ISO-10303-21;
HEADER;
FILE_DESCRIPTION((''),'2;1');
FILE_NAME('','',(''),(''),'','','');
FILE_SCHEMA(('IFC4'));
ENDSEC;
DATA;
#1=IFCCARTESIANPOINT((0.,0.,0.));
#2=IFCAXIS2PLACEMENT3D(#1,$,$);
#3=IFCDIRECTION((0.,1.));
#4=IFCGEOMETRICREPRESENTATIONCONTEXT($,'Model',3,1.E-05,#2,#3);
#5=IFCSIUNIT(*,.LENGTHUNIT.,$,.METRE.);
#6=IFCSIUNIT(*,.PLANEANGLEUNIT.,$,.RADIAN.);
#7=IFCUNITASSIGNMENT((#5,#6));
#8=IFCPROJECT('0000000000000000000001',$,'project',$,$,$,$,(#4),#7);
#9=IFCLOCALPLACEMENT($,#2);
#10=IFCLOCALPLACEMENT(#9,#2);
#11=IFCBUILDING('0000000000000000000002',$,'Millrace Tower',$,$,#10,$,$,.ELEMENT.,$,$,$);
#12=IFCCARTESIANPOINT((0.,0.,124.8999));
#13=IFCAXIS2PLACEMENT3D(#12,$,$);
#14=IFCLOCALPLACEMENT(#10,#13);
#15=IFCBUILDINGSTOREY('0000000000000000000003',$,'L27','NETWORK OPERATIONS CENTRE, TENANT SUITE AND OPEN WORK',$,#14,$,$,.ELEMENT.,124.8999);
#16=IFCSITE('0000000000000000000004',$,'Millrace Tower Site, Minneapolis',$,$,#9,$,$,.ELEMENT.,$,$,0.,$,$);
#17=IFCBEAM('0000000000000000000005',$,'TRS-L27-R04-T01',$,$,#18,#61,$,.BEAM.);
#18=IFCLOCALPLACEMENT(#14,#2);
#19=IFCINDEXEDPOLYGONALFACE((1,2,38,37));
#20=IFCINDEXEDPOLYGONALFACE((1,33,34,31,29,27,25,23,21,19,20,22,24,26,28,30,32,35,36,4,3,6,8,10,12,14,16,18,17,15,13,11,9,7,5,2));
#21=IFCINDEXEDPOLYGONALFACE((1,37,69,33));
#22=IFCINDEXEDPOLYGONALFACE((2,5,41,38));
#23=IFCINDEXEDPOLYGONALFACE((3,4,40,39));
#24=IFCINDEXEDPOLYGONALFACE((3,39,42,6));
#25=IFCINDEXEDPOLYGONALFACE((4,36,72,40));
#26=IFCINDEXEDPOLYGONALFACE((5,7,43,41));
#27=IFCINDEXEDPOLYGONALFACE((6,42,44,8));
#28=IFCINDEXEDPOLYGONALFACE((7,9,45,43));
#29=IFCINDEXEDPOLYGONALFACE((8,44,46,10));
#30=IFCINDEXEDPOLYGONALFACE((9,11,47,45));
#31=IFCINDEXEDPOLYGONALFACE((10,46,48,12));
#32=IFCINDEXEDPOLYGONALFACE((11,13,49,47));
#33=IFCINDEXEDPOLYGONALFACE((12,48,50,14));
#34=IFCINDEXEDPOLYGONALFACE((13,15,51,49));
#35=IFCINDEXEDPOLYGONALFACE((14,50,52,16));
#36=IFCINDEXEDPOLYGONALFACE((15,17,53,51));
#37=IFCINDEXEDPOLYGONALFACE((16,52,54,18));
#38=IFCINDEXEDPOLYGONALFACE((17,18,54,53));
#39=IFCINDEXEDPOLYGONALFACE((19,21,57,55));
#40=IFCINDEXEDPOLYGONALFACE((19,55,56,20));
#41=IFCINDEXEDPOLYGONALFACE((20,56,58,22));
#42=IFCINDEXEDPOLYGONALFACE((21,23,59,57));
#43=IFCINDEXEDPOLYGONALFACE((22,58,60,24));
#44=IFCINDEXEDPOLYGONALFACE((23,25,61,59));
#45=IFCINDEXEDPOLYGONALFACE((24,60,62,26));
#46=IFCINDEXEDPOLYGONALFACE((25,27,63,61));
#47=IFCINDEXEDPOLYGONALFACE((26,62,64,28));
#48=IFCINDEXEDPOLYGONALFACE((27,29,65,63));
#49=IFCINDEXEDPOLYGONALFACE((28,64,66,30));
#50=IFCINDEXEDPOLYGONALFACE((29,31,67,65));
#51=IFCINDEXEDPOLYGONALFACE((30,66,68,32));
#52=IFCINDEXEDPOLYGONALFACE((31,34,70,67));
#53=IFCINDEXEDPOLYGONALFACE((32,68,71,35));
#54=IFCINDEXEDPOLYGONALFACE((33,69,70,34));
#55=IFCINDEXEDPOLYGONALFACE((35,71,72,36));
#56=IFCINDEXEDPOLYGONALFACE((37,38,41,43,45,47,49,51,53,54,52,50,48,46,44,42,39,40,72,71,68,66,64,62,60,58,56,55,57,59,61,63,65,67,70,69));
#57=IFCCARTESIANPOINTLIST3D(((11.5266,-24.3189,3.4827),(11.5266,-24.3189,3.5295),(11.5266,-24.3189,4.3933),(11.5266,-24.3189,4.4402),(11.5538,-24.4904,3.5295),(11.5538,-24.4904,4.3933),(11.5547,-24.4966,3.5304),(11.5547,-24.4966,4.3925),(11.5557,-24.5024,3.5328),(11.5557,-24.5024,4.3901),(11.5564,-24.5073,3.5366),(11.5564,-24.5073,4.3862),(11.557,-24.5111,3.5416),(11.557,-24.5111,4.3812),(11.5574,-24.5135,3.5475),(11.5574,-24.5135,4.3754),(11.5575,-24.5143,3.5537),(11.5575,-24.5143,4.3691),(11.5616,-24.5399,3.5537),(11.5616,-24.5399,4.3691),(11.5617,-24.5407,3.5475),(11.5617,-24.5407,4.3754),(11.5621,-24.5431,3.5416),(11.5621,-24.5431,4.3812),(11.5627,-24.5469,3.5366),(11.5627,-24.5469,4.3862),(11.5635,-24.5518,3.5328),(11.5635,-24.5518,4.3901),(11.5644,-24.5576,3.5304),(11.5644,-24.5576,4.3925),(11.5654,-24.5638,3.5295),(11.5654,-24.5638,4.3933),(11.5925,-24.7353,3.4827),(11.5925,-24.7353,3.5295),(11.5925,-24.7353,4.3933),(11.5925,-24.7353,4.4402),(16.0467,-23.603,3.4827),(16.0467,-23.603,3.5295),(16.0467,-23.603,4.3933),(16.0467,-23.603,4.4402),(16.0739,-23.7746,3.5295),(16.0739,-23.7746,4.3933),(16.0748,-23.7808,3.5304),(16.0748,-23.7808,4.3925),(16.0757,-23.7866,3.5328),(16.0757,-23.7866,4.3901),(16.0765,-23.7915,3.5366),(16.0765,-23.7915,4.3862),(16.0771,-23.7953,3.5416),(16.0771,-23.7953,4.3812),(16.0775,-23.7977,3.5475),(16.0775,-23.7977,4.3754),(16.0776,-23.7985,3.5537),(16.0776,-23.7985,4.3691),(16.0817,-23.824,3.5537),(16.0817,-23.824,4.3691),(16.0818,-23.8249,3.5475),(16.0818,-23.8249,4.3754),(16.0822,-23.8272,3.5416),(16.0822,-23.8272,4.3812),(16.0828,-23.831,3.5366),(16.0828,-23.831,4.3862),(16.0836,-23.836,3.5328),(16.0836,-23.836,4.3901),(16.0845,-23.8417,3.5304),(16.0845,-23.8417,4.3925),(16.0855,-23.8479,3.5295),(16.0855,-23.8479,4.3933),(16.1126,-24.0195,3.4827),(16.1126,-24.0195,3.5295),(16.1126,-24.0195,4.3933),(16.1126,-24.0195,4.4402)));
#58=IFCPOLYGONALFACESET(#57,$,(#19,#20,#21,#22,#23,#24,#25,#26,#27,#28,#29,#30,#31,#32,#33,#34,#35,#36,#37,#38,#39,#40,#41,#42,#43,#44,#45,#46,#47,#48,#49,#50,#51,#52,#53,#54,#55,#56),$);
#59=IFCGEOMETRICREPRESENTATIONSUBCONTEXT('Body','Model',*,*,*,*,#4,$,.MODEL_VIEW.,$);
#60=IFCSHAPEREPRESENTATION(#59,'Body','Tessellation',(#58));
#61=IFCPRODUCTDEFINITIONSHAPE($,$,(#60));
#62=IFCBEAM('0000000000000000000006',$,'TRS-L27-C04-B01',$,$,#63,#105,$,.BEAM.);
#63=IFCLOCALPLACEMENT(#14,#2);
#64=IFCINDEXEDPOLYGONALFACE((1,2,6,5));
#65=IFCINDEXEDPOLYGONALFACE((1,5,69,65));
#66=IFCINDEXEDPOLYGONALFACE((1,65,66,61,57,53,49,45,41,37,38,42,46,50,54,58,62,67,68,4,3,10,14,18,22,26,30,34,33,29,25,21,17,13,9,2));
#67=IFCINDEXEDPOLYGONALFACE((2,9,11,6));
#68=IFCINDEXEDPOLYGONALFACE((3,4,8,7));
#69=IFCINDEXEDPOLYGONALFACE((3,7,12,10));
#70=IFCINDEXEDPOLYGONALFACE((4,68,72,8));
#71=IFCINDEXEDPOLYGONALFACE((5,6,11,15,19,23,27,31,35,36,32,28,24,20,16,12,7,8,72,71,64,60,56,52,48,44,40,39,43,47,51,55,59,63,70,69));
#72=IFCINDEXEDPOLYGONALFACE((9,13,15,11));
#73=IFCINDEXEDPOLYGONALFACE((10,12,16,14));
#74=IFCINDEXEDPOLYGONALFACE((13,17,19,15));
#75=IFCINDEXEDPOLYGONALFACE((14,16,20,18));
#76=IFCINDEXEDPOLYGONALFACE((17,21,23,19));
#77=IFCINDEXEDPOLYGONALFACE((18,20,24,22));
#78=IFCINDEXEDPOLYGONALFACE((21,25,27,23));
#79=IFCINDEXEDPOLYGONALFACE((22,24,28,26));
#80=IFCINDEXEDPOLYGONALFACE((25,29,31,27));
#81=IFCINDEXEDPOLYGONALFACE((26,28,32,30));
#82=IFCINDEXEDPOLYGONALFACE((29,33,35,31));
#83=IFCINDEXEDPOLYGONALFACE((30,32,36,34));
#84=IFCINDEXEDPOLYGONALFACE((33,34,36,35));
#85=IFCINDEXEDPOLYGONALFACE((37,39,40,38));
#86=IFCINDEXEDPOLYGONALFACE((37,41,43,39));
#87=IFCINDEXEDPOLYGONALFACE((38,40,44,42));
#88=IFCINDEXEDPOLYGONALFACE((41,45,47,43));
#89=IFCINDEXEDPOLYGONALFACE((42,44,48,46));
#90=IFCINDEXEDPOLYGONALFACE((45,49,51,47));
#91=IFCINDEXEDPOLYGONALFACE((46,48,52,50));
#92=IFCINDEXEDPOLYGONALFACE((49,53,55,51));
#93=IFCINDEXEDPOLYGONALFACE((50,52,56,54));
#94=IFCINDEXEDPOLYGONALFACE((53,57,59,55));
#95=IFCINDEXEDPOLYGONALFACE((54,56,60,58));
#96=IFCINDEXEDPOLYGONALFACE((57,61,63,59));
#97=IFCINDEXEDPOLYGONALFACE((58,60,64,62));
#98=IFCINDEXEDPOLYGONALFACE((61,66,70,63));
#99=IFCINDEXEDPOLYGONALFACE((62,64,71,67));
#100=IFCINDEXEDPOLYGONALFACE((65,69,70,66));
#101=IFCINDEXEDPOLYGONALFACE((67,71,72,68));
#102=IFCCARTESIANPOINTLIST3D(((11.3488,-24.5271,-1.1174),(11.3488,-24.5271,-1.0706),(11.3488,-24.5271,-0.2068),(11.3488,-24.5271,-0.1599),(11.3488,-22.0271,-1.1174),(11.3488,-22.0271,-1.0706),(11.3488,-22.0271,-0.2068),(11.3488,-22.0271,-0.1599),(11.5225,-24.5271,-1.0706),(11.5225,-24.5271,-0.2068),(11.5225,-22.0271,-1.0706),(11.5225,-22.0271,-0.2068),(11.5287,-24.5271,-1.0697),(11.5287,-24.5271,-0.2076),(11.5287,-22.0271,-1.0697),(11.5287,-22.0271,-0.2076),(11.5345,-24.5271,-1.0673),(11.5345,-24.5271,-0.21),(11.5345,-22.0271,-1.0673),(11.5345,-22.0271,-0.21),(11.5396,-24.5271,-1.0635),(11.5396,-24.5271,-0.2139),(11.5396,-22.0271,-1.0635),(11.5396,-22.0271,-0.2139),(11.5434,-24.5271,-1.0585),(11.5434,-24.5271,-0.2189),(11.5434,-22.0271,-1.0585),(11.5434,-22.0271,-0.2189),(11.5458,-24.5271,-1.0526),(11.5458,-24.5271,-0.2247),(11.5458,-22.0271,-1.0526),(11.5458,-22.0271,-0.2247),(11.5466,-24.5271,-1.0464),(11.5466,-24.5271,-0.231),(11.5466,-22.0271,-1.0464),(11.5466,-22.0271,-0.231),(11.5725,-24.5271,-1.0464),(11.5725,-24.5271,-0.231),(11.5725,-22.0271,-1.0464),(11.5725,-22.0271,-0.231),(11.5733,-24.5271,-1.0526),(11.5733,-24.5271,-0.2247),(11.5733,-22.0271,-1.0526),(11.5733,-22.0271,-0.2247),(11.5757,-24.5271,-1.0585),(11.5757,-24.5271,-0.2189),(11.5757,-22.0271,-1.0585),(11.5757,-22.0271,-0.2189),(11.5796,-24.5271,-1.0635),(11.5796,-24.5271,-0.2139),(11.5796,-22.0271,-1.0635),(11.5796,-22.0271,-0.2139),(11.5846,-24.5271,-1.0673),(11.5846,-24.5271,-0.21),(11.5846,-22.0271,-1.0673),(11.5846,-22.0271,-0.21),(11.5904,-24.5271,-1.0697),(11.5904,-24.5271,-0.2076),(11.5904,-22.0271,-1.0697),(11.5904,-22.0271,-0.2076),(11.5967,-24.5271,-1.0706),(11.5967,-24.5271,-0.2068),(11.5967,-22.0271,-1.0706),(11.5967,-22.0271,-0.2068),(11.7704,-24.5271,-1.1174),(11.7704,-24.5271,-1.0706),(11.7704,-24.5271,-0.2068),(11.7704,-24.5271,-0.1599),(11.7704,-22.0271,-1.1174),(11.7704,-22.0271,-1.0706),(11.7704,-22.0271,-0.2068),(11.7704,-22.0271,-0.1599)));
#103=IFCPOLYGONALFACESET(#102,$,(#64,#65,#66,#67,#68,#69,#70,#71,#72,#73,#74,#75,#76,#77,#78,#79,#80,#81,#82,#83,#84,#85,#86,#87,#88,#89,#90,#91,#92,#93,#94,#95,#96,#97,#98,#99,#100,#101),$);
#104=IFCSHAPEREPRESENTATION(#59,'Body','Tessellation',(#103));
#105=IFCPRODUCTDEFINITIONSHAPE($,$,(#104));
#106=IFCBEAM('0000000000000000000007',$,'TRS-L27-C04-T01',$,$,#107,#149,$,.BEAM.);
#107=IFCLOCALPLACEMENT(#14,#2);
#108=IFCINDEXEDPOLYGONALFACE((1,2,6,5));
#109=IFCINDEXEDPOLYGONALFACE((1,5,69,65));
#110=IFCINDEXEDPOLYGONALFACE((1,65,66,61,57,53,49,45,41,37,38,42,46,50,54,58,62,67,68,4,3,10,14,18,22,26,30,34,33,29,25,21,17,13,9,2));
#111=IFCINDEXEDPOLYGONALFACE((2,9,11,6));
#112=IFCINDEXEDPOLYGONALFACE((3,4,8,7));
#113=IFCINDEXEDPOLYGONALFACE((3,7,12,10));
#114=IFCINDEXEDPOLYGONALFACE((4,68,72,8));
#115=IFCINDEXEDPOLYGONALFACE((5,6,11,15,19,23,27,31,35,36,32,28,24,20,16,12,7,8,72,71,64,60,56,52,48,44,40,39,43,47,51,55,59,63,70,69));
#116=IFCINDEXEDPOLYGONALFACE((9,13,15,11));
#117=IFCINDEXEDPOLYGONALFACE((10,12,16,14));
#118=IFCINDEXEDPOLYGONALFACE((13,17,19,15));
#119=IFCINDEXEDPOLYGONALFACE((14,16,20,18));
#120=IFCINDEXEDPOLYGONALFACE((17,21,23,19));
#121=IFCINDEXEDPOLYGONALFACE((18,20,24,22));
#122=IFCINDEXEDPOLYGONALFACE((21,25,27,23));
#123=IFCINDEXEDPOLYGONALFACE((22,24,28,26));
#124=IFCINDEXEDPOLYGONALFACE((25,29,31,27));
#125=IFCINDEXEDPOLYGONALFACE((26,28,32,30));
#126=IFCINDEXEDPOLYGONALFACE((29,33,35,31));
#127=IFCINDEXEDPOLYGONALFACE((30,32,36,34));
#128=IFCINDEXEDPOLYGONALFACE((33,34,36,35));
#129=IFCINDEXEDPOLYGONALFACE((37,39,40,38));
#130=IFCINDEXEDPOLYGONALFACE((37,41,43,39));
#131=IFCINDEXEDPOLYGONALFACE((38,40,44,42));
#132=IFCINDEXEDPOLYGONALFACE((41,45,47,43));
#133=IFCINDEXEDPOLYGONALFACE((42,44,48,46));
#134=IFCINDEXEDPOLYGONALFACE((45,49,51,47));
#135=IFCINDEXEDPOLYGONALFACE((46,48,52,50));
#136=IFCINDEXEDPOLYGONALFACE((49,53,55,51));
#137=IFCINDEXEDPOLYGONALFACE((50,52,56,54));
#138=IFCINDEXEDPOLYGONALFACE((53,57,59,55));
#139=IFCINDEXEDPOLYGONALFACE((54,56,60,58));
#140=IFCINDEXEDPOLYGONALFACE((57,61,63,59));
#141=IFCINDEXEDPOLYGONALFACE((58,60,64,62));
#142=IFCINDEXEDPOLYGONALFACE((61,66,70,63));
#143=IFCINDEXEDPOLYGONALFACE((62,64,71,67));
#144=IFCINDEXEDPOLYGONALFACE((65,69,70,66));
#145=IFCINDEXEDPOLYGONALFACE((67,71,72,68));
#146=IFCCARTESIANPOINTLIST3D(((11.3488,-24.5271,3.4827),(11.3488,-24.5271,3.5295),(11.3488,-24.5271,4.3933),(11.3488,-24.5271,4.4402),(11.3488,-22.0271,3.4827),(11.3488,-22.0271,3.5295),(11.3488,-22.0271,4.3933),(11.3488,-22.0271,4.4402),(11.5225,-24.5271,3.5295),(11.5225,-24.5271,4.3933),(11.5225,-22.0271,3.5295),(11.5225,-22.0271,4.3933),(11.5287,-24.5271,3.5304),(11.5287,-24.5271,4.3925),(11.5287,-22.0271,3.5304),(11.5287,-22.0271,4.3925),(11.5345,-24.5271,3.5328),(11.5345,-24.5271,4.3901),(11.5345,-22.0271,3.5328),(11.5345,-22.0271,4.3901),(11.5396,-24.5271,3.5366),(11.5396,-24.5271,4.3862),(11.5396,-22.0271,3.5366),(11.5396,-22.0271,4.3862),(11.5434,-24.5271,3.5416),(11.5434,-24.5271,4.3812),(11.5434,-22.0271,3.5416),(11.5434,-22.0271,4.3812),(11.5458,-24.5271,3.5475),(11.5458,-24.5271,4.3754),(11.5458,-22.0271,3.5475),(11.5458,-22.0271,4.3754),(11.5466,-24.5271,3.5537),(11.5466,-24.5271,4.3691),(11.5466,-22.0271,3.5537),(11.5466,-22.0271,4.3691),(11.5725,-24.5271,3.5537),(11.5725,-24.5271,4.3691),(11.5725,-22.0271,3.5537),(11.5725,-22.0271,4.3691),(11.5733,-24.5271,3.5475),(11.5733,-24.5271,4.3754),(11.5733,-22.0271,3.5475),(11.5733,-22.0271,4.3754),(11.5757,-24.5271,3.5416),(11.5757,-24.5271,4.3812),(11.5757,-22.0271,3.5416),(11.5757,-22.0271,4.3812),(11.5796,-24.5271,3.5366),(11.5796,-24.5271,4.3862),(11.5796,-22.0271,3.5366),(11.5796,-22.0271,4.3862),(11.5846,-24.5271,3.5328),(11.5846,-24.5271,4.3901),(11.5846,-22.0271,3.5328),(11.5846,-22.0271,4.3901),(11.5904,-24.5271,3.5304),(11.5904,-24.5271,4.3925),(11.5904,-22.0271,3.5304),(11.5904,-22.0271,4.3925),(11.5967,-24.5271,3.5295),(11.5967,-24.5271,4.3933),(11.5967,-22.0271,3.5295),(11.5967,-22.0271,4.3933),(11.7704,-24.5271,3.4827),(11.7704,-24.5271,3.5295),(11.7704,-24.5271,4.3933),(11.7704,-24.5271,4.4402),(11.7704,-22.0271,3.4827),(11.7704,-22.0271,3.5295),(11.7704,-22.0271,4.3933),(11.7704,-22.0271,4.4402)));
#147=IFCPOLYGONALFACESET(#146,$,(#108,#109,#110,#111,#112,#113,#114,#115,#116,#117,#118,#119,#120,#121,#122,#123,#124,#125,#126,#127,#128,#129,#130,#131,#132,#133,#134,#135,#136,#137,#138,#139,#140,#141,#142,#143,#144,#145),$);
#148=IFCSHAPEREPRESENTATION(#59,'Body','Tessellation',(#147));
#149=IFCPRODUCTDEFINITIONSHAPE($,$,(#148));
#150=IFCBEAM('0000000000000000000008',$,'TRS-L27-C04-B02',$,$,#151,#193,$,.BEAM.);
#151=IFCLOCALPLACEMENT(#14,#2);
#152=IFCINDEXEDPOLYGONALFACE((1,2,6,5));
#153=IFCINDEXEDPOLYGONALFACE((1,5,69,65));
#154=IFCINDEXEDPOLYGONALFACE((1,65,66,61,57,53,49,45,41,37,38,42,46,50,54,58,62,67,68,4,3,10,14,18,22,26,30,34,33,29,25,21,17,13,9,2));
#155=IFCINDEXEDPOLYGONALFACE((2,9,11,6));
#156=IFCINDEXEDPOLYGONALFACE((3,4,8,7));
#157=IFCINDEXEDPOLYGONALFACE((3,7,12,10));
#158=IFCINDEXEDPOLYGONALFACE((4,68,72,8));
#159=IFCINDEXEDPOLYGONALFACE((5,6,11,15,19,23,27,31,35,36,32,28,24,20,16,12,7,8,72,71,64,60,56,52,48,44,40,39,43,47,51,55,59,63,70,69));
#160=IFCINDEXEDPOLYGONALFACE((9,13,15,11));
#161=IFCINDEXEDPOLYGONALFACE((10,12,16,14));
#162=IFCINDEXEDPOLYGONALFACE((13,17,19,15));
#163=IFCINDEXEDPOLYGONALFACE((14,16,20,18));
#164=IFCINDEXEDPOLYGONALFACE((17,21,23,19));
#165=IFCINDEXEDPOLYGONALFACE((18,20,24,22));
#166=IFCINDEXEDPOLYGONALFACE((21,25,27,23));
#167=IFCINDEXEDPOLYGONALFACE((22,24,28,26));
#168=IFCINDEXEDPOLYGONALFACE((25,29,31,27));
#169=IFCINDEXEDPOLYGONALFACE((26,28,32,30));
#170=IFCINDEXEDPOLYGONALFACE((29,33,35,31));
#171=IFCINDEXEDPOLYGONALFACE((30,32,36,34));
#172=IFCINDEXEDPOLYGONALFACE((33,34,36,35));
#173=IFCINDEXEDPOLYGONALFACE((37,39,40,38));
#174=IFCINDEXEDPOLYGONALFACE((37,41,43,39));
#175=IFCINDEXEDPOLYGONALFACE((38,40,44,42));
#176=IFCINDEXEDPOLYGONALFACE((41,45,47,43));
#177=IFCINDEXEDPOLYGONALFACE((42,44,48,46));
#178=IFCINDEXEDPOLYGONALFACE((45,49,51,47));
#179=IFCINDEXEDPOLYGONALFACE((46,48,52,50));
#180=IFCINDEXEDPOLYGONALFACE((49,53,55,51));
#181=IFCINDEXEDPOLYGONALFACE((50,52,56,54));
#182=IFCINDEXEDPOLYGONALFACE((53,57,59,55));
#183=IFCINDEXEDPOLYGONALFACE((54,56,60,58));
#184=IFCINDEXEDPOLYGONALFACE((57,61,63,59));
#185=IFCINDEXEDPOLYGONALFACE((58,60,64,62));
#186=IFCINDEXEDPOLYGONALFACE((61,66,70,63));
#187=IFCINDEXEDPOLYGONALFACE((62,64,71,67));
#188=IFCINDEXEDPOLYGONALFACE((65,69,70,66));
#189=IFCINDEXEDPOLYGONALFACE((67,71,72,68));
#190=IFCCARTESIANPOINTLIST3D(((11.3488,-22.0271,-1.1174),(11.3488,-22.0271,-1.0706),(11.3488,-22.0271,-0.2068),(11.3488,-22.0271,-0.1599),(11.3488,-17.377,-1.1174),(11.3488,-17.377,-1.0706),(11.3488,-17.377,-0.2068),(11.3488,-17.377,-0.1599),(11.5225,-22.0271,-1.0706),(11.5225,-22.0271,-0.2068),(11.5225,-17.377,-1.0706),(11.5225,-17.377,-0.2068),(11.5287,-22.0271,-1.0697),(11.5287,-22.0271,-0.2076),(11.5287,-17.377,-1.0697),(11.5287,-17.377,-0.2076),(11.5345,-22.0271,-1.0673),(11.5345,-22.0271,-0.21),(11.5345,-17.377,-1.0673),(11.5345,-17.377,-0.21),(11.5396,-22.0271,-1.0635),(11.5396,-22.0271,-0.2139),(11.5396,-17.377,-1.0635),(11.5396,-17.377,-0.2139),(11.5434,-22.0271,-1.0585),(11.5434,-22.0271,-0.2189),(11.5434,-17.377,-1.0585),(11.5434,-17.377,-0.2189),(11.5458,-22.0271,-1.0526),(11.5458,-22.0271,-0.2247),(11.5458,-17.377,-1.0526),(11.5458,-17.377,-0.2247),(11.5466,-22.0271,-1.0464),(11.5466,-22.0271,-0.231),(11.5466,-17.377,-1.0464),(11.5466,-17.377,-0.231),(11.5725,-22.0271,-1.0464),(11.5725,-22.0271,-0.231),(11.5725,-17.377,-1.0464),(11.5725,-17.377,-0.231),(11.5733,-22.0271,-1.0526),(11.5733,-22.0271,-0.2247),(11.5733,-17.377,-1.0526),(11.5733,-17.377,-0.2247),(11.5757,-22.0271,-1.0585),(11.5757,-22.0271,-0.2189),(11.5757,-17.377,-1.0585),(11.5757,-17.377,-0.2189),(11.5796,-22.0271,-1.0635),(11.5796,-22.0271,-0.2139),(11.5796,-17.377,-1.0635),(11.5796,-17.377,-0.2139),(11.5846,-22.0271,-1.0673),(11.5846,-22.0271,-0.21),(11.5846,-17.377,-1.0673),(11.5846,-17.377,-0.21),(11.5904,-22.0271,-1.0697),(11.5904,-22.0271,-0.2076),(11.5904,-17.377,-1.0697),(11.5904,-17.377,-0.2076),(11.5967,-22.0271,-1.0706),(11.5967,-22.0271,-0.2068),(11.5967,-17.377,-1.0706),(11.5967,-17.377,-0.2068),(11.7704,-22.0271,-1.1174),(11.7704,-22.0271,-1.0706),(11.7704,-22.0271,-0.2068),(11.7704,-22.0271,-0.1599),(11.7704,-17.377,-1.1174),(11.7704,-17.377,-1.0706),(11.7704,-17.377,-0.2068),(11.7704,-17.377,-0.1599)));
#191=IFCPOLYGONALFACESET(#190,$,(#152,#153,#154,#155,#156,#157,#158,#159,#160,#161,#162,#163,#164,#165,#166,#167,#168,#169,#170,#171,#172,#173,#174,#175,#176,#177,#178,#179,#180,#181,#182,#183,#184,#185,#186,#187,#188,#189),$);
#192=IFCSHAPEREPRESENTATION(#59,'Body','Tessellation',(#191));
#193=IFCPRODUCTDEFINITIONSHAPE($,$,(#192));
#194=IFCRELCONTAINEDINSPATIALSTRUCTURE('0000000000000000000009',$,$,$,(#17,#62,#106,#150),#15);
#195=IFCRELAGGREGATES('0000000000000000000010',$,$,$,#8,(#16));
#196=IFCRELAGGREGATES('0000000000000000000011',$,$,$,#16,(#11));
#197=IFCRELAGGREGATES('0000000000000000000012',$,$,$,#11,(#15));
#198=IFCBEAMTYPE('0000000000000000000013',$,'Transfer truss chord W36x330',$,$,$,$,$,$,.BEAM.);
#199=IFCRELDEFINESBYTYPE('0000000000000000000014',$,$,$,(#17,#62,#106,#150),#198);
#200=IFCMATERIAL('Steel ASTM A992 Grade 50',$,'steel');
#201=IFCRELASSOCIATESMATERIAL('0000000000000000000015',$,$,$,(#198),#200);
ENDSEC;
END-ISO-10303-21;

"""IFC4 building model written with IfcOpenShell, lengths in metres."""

from ifc_helpers import new_model, si_unit, direction, frame, origin, origin_2d, place, context, subcontext, project, spatial, i_section, extrude, material, material_profile, profile_set, type_object, element, save


model = new_model("IFC4")

# Units and contexts
model_context = context("Model", 3, precision=1e-05, world=origin(), true_north=direction((0.0, 1.0)))
body_context = subcontext(model_context, "Body", "Model", "MODEL_VIEW")
ifc_project = project(units=[si_unit("LENGTHUNIT", "METRE"), si_unit("PLANEANGLEUNIT", "RADIAN")], contexts=[model_context])

# Site, building, storey
site_placement = place(None, origin())
site = spatial("IfcSite", under=ifc_project, at=site_placement, Name="Millrace Tower Site, Minneapolis", CompositionType="ELEMENT", RefElevation=0.0)
building_placement = place(site_placement, origin())
building = spatial("IfcBuilding", under=site, at=building_placement, Name="Millrace Tower", CompositionType="ELEMENT")
storey_placement = place(building_placement, frame((0.0, 0.0, 124.8999)))
storey = spatial("IfcBuildingStorey", under=building, at=storey_placement, Name="L27", Description="NETWORK OPERATIONS CENTRE, TENANT SUITE AND OPEN WORK", CompositionType="ELEMENT", Elevation=124.8999)

# Beams
ifc_material_1 = material(Name="Steel ASTM A992 Grade 50", Category="steel")
ifc_material_profile_1 = material_profile(ifc_material_1, i_section(OverallWidth=0.4216, OverallDepth=0.9575, WebThickness=0.0259, FlangeThickness=0.0469, FilletRadius=0.0242, at=origin_2d()))
ifc_profile_set_1 = profile_set([ifc_material_profile_1], Name="Steel ASTM A992 Grade 50")
beam_type_1 = type_object("IfcBeamType", Name="Transfer truss chord W36x330", PredefinedType="BEAM", material=ifc_profile_set_1)
for number, where, z_axis, x_axis, name in (
    (1, (11.5596, -24.5271, 3.9614), (0.987691, 0.156417, 0.0), (-0.156417, 0.987691, 0.0), "TRS-L27-R04-T01"),
):
    element("IfcBeam", number, at=place(storey_placement, frame(where, z_axis=z_axis, x_axis=x_axis)), inside=storey, type_object=beam_type_1, Name=name, PredefinedType="BEAM", context=body_context, shape_type="SweptSolid", body=[
        extrude(i_section(OverallWidth=0.4216, OverallDepth=0.9575, WebThickness=0.0259, FlangeThickness=0.0469, FilletRadius=0.0242, at=origin_2d()), origin(), (0.0, 0.0, 1.0), 4.5764),
    ])
for number, where, z_axis, x_axis, name in (
    (2, (11.5596, -24.5271, -0.6387), (0.0, 1.0, 0.0), (-1.0, 0.0, 0.0), "TRS-L27-C04-B01"),
    (3, (11.5596, -24.5271, 3.9614), (0.0, 1.0, 0.0), (-1.0, 0.0, 0.0), "TRS-L27-C04-T01"),
):
    element("IfcBeam", number, at=place(storey_placement, frame(where, z_axis=z_axis, x_axis=x_axis)), inside=storey, type_object=beam_type_1, Name=name, PredefinedType="BEAM", context=body_context, shape_type="SweptSolid", body=[
        extrude(i_section(OverallWidth=0.4216, OverallDepth=0.9575, WebThickness=0.0259, FlangeThickness=0.0469, FilletRadius=0.0242, at=origin_2d()), origin(), (0.0, 0.0, 1.0), 2.5),
    ])
for number, where, z_axis, x_axis, name in (
    (4, (11.5596, -22.0271, -0.6387), (0.0, 1.0, 0.0), (-1.0, 0.0, 0.0), "TRS-L27-C04-B02"),
):
    element("IfcBeam", number, at=place(storey_placement, frame(where, z_axis=z_axis, x_axis=x_axis)), inside=storey, type_object=beam_type_1, Name=name, PredefinedType="BEAM", context=body_context, shape_type="SweptSolid", body=[
        extrude(i_section(OverallWidth=0.4216, OverallDepth=0.9575, WebThickness=0.0259, FlangeThickness=0.0469, FilletRadius=0.0242, at=origin_2d()), origin(), (0.0, 0.0, 1.0), 4.6501),
    ])

save(model, "model.ifc")
